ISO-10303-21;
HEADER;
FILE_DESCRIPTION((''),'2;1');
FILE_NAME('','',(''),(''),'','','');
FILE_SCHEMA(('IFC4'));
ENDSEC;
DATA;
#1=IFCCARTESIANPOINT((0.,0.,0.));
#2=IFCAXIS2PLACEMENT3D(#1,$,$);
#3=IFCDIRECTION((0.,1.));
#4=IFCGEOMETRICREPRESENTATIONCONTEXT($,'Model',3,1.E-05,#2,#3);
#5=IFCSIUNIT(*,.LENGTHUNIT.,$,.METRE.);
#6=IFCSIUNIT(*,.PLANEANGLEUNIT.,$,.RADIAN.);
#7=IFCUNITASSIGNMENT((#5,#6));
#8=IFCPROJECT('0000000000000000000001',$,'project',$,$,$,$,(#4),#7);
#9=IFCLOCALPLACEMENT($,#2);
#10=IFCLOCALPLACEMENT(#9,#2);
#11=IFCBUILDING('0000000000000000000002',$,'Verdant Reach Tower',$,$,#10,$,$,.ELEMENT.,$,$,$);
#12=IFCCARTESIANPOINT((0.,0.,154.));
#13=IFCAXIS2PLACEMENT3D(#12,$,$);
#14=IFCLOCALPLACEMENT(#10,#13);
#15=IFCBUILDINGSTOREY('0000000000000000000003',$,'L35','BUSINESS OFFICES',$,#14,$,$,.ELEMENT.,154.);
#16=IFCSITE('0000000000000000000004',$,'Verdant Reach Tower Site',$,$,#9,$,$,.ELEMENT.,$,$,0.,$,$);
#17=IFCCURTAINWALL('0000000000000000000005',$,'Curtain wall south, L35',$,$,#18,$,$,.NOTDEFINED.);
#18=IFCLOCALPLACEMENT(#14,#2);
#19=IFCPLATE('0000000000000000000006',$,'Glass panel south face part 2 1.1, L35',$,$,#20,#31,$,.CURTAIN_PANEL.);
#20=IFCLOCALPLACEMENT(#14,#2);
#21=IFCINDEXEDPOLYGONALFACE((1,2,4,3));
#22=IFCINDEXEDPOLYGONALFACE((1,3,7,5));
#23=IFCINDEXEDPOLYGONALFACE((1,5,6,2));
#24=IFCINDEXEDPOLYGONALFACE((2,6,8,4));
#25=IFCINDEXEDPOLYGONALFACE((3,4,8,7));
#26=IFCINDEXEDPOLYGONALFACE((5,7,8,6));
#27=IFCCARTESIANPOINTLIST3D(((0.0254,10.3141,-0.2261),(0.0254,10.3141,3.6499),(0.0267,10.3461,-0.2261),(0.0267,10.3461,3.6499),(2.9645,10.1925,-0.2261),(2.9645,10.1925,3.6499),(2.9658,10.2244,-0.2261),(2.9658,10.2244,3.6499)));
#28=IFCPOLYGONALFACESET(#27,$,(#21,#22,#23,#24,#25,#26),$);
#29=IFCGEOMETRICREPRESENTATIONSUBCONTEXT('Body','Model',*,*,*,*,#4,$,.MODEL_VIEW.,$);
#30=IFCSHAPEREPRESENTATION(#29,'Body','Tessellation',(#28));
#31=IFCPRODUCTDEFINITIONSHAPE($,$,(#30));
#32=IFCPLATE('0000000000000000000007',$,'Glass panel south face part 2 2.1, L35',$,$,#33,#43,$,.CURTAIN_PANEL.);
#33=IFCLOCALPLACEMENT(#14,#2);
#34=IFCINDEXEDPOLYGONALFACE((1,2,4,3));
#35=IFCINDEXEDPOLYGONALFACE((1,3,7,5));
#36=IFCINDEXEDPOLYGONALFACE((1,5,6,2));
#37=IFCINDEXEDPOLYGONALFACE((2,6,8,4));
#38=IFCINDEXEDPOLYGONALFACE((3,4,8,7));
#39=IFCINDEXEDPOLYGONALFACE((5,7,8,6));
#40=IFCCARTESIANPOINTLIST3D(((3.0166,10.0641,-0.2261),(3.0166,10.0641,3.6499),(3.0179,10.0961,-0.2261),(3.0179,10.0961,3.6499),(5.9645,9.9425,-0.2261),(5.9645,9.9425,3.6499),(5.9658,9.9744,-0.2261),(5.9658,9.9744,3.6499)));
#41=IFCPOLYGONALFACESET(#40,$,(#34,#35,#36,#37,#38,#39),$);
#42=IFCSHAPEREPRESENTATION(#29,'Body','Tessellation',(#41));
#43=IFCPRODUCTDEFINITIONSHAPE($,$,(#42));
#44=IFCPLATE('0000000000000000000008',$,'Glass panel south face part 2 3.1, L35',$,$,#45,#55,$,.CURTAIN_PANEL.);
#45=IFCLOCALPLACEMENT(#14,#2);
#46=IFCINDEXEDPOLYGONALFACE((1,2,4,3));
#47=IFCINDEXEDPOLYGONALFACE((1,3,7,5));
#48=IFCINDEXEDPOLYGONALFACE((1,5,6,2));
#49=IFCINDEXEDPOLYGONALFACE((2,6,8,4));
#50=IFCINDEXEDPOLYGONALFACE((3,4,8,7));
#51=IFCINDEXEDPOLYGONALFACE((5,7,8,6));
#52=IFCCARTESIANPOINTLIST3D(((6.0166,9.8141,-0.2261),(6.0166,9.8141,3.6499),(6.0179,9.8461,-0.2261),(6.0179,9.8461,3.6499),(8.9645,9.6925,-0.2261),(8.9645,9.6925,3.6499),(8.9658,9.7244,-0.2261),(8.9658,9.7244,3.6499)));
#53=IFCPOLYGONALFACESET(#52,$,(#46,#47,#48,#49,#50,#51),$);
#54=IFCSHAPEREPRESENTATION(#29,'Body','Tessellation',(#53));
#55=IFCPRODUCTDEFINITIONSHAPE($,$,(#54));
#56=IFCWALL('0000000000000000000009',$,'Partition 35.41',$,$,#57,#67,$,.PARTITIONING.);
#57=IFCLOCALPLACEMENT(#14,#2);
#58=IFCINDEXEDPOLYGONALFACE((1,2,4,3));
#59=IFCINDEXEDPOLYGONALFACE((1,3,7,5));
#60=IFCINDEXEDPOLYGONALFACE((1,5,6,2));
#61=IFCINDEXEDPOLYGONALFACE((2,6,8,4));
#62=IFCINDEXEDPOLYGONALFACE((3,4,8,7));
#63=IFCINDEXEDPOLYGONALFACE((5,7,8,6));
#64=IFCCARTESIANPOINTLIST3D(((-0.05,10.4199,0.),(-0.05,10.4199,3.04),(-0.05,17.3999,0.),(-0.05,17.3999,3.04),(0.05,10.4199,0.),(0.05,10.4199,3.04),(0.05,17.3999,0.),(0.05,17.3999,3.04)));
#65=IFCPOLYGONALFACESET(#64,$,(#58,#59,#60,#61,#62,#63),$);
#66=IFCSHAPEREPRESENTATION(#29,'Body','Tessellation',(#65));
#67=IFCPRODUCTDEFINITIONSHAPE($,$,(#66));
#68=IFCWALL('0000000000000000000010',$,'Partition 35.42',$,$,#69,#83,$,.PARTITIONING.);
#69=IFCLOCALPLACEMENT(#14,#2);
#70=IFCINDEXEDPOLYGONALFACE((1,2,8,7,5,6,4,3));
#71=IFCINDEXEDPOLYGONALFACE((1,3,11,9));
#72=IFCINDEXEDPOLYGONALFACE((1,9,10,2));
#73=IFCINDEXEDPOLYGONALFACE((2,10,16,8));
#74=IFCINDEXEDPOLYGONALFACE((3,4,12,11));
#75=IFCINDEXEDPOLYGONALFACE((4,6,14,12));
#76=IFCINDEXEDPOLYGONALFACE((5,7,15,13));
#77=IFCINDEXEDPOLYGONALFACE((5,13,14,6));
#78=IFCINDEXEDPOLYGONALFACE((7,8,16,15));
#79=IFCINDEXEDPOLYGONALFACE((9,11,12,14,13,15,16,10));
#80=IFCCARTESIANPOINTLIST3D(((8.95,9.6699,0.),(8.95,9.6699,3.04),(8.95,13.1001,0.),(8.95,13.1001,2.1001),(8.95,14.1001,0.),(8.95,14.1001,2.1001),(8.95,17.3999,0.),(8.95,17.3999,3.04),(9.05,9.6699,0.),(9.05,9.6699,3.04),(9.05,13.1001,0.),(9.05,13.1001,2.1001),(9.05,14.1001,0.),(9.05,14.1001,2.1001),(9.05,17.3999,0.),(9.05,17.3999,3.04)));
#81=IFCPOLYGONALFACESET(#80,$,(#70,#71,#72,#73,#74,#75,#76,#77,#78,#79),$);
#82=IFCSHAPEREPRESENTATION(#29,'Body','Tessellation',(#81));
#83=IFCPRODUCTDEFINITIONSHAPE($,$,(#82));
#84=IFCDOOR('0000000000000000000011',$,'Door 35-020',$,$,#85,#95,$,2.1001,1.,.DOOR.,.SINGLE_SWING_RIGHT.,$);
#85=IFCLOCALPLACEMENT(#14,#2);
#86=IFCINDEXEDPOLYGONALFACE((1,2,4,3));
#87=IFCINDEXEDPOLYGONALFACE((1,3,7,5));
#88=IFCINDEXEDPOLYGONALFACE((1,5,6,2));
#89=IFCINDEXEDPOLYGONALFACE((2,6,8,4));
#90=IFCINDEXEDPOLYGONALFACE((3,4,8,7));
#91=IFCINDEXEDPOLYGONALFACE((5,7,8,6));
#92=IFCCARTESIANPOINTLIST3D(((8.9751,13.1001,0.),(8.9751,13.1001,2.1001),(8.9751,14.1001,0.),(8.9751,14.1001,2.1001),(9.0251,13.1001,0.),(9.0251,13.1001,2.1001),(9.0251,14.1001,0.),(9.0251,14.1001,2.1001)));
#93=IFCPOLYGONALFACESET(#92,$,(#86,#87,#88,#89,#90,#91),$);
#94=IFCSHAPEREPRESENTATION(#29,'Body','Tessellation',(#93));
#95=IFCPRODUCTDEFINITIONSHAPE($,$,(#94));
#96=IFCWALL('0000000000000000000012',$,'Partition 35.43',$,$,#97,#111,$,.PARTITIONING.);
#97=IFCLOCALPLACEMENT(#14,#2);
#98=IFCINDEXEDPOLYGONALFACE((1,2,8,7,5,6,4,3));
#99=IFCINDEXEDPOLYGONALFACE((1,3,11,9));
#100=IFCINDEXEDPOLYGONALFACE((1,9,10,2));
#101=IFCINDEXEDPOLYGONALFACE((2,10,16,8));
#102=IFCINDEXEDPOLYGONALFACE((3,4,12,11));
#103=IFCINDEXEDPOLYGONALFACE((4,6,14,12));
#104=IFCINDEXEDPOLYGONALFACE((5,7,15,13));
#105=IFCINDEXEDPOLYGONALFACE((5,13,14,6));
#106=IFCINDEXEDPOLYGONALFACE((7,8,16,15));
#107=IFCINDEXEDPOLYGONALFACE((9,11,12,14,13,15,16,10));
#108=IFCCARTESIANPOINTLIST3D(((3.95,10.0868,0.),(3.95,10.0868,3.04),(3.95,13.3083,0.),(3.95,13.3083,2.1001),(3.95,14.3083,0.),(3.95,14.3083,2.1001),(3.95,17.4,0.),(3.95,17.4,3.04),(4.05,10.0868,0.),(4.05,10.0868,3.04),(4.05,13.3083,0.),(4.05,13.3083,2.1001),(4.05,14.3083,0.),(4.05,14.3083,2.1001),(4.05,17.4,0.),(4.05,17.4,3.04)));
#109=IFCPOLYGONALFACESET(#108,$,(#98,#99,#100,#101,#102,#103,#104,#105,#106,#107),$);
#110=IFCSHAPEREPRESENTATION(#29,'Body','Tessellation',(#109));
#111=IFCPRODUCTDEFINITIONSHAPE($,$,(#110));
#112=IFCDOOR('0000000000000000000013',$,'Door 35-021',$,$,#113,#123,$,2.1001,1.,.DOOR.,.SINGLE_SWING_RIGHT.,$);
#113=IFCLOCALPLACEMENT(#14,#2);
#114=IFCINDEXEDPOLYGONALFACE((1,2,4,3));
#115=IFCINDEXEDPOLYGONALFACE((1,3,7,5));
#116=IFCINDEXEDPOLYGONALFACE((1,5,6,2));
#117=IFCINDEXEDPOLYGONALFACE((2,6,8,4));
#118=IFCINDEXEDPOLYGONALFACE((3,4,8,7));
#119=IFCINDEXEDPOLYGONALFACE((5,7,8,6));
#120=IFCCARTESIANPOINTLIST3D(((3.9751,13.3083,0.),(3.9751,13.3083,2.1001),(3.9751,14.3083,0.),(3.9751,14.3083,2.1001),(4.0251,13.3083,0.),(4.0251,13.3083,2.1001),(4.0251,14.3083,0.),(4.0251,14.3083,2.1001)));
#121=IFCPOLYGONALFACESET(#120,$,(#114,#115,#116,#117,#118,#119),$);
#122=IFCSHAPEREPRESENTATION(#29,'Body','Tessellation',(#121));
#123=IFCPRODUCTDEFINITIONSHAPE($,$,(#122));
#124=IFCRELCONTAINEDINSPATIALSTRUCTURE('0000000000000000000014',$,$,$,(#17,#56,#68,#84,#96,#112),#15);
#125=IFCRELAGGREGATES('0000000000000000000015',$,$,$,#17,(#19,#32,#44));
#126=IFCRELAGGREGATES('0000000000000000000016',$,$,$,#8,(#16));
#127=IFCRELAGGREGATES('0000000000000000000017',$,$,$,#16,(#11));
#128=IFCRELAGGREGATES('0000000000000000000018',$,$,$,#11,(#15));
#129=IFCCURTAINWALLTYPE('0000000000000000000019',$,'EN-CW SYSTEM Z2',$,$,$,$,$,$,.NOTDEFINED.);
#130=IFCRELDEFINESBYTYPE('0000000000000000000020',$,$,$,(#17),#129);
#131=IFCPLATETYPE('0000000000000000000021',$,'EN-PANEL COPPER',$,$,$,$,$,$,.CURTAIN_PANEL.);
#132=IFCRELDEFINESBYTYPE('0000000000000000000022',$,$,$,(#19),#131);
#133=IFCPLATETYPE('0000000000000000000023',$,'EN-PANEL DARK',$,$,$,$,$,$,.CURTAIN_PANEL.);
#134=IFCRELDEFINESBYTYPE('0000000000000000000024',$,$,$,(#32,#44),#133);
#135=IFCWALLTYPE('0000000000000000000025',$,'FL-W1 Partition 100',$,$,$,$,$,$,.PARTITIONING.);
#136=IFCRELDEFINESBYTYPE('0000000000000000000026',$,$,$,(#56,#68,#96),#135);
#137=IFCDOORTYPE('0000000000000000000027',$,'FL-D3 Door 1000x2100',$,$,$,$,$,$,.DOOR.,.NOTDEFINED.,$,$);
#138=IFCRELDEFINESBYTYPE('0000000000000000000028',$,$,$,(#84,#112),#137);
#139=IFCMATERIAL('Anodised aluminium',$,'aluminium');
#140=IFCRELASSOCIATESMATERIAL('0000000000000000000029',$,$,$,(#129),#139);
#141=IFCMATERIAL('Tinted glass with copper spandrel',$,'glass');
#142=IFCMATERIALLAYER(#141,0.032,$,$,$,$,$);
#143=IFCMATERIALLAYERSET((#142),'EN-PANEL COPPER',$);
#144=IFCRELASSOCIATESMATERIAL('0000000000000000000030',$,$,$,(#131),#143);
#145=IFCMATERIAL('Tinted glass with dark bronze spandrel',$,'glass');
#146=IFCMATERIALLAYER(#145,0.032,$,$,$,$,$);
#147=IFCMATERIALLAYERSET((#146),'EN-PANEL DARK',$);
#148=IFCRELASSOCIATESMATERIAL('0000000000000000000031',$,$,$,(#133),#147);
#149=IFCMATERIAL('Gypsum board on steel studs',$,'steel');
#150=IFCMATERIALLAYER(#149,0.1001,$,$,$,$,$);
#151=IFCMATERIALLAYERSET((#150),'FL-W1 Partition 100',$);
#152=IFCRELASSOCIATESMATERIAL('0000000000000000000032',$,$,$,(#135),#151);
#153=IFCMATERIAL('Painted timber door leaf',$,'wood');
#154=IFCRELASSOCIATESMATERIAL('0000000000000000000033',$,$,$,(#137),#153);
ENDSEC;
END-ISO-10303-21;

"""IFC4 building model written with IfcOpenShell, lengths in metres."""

from ifc_helpers import new_model, si_unit, direction, frame, frame_2d, origin, origin_2d, place, context, subcontext, project, spatial, rectangle, extrude, material, layer, layer_set, type_object, element, fill, aggregate, save


model = new_model("IFC4")

# Units and contexts
model_context = context("Model", 3, precision=1e-05, world=origin(), true_north=direction((0.0, 1.0)))
body_context = subcontext(model_context, "Body", "Model", "MODEL_VIEW")
ifc_project = project(units=[si_unit("LENGTHUNIT", "METRE"), si_unit("PLANEANGLEUNIT", "RADIAN")], contexts=[model_context])

# Site, building, storey
site_placement = place(None, origin())
site = spatial("IfcSite", under=ifc_project, at=site_placement, Name="Verdant Reach Tower Site", CompositionType="ELEMENT", RefElevation=0.0)
building_placement = place(site_placement, origin())
building = spatial("IfcBuilding", under=site, at=building_placement, Name="Verdant Reach Tower", CompositionType="ELEMENT")
storey_placement = place(building_placement, frame((0.0, 0.0, 154.0)))
storey = spatial("IfcBuildingStorey", under=building, at=storey_placement, Name="L35", Description="BUSINESS OFFICES", CompositionType="ELEMENT", Elevation=154.0)

# Curtain wall
ifc_material_1 = material(Name="Anodised aluminium", Category="aluminium")
curtain_wall_type = type_object("IfcCurtainWallType", Name="EN-CW SYSTEM Z2", PredefinedType="NOTDEFINED", material=ifc_material_1)
curtain_wall_placement = place(storey_placement, origin())
curtain_wall = element("IfcCurtainWall", 1, at=curtain_wall_placement, inside=storey, type_object=curtain_wall_type, Name="Curtain wall south, L35", PredefinedType="NOTDEFINED")

# Plates
ifc_material_2 = material(Name="Tinted glass with copper spandrel", Category="glass")
ifc_layer_1 = layer(ifc_material_2, 0.032)
ifc_layer_set_1 = layer_set([ifc_layer_1], Name="EN-PANEL COPPER")
plate_type_1 = type_object("IfcPlateType", Name="EN-PANEL COPPER", PredefinedType="CURTAIN_PANEL", material=ifc_layer_set_1)
plate_1_placement = place(storey_placement, frame((1.4956, 10.2693, -0.2261), z_axis=(0.0, 0.0, 1.0), x_axis=(0.999144, -0.041364, 0.0)))
plate_1 = element("IfcPlate", 2, at=plate_1_placement, type_object=plate_type_1, Name="Glass panel south face part 2 1.1, L35", PredefinedType="CURTAIN_PANEL", context=body_context, shape_type="SweptSolid", body=[
    extrude(rectangle(XDim=2.9417, YDim=0.032, at=origin_2d()), origin(), (0.0, 0.0, 1.0), 3.876),
])
ifc_material_3 = material(Name="Tinted glass with dark bronze spandrel", Category="glass")
ifc_layer_2 = layer(ifc_material_3, 0.032)
ifc_layer_set_2 = layer_set([ifc_layer_2], Name="EN-PANEL DARK")
plate_type_2 = type_object("IfcPlateType", Name="EN-PANEL DARK", PredefinedType="CURTAIN_PANEL", material=ifc_layer_set_2)
plate_2_placement = place(storey_placement, frame((4.4912, 10.0193, -0.2261), z_axis=(0.0, 0.0, 1.0), x_axis=(0.999149, -0.041242, 0.0)))
plate_2 = element("IfcPlate", 3, at=plate_2_placement, type_object=plate_type_2, Name="Glass panel south face part 2 2.1, L35", PredefinedType="CURTAIN_PANEL", context=body_context, shape_type="SweptSolid", body=[
    extrude(rectangle(XDim=2.9504, YDim=0.032, at=origin_2d()), origin(), (0.0, 0.0, 1.0), 3.876),
])
plate_3_placement = place(storey_placement, frame((7.4912, 9.7693, -0.2261), z_axis=(0.0, 0.0, 1.0), x_axis=(0.999149, -0.041242, 0.0)))
plate_3 = element("IfcPlate", 4, at=plate_3_placement, type_object=plate_type_2, Name="Glass panel south face part 2 3.1, L35", PredefinedType="CURTAIN_PANEL", context=body_context, shape_type="SweptSolid", body=[
    extrude(rectangle(XDim=2.9504, YDim=0.032, at=origin_2d()), origin(), (0.0, 0.0, 1.0), 3.876),
])
aggregate(curtain_wall, [plate_1, plate_2, plate_3])

# Wall
ifc_material_4 = material(Name="Gypsum board on steel studs", Category="steel")
ifc_layer_3 = layer(ifc_material_4, 0.1001)
ifc_layer_set_3 = layer_set([ifc_layer_3], Name="FL-W1 Partition 100")
wall_type = type_object("IfcWallType", Name="FL-W1 Partition 100", PredefinedType="PARTITIONING", material=ifc_layer_set_3)
wall_1_placement = place(storey_placement, frame((0.0, 10.4199, 0.0), z_axis=(0.0, 0.0, 1.0), x_axis=(0.0, 1.0, 0.0)))
element("IfcWall", 5, at=wall_1_placement, inside=storey, type_object=wall_type, Name="Partition 35.41", PredefinedType="PARTITIONING", context=body_context, shape_type="SweptSolid", body=[
    extrude(rectangle(XDim=6.98, YDim=0.1001, at=frame_2d((3.49, 0.0))), origin(), (0.0, 0.0, 1.0), 3.04),
])

# Walls, openings, doors
wall_2_placement = place(storey_placement, frame((9.0, 9.6699, 0.0), z_axis=(0.0, 0.0, 1.0), x_axis=(0.0, 1.0, 0.0)))
wall_2 = element("IfcWall", 6, at=wall_2_placement, inside=storey, type_object=wall_type, Name="Partition 35.42", PredefinedType="PARTITIONING", context=body_context, shape_type="SweptSolid", body=[
    extrude(rectangle(XDim=7.73, YDim=0.1001, at=frame_2d((3.865, 0.0))), origin(), (0.0, 0.0, 1.0), 3.04),
])
opening_1_placement = place(wall_2_placement, frame((3.4302, 0.0, 0.0)))
opening_1 = element("IfcOpeningElement", 7, at=opening_1_placement, cuts=wall_2, PredefinedType="OPENING", context=body_context, shape_type="SweptSolid", body=[
    extrude(rectangle(XDim=1.0, YDim=2.1001, at=frame_2d((0.5, 1.05))), frame((0.0, 0.0601, 0.0), z_axis=(0.0, -1.0, 0.0), x_axis=(1.0, 0.0, 0.0)), (0.0, 0.0, 1.0), 0.1201),
])
ifc_material_5 = material(Name="Painted timber door leaf", Category="wood")
door_type = type_object("IfcDoorType", Name="FL-D3 Door 1000x2100", OperationType="NOTDEFINED", PredefinedType="DOOR", material=ifc_material_5)
door_1_placement = place(opening_1_placement, origin())
door_1 = element("IfcDoor", 8, at=door_1_placement, inside=storey, type_object=door_type, Name="Door 35-020", OperationType="SINGLE_SWING_RIGHT", OverallHeight=2.1001, OverallWidth=1.0, PredefinedType="DOOR", context=body_context, shape_type="SweptSolid", body=[
    extrude(rectangle(XDim=1.0, YDim=2.1001, at=frame_2d((0.5, 1.05))), frame((0.0, 0.0249, 0.0), z_axis=(0.0, -1.0, 0.0), x_axis=(1.0, 0.0, 0.0)), (0.0, 0.0, 1.0), 0.05),
])
fill(opening_1, door_1)
wall_3_placement = place(storey_placement, frame((4.0, 10.0867, 0.0), z_axis=(0.0, 0.0, 1.0), x_axis=(0.0, 1.0, 0.0)))
wall_3 = element("IfcWall", 9, at=wall_3_placement, inside=storey, type_object=wall_type, Name="Partition 35.43", PredefinedType="PARTITIONING", context=body_context, shape_type="SweptSolid", body=[
    extrude(rectangle(XDim=7.3132, YDim=0.1001, at=frame_2d((3.6567, 0.0))), origin(), (0.0, 0.0, 1.0), 3.04),
])
opening_2_placement = place(wall_3_placement, frame((3.2217, 0.0, 0.0)))
opening_2 = element("IfcOpeningElement", 10, at=opening_2_placement, cuts=wall_3, PredefinedType="OPENING", context=body_context, shape_type="SweptSolid", body=[
    extrude(rectangle(XDim=1.0, YDim=2.1001, at=frame_2d((0.5, 1.05))), frame((0.0, 0.0601, 0.0), z_axis=(0.0, -1.0, 0.0), x_axis=(1.0, 0.0, 0.0)), (0.0, 0.0, 1.0), 0.1201),
])
door_2_placement = place(opening_2_placement, origin())
door_2 = element("IfcDoor", 11, at=door_2_placement, inside=storey, type_object=door_type, Name="Door 35-021", OperationType="SINGLE_SWING_RIGHT", OverallHeight=2.1001, OverallWidth=1.0, PredefinedType="DOOR", context=body_context, shape_type="SweptSolid", body=[
    extrude(rectangle(XDim=1.0, YDim=2.1001, at=frame_2d((0.5, 1.05))), frame((0.0, 0.0249, 0.0), z_axis=(0.0, -1.0, 0.0), x_axis=(1.0, 0.0, 0.0)), (0.0, 0.0, 1.0), 0.05),
])
fill(opening_2, door_2)

save(model, "model.ifc")
